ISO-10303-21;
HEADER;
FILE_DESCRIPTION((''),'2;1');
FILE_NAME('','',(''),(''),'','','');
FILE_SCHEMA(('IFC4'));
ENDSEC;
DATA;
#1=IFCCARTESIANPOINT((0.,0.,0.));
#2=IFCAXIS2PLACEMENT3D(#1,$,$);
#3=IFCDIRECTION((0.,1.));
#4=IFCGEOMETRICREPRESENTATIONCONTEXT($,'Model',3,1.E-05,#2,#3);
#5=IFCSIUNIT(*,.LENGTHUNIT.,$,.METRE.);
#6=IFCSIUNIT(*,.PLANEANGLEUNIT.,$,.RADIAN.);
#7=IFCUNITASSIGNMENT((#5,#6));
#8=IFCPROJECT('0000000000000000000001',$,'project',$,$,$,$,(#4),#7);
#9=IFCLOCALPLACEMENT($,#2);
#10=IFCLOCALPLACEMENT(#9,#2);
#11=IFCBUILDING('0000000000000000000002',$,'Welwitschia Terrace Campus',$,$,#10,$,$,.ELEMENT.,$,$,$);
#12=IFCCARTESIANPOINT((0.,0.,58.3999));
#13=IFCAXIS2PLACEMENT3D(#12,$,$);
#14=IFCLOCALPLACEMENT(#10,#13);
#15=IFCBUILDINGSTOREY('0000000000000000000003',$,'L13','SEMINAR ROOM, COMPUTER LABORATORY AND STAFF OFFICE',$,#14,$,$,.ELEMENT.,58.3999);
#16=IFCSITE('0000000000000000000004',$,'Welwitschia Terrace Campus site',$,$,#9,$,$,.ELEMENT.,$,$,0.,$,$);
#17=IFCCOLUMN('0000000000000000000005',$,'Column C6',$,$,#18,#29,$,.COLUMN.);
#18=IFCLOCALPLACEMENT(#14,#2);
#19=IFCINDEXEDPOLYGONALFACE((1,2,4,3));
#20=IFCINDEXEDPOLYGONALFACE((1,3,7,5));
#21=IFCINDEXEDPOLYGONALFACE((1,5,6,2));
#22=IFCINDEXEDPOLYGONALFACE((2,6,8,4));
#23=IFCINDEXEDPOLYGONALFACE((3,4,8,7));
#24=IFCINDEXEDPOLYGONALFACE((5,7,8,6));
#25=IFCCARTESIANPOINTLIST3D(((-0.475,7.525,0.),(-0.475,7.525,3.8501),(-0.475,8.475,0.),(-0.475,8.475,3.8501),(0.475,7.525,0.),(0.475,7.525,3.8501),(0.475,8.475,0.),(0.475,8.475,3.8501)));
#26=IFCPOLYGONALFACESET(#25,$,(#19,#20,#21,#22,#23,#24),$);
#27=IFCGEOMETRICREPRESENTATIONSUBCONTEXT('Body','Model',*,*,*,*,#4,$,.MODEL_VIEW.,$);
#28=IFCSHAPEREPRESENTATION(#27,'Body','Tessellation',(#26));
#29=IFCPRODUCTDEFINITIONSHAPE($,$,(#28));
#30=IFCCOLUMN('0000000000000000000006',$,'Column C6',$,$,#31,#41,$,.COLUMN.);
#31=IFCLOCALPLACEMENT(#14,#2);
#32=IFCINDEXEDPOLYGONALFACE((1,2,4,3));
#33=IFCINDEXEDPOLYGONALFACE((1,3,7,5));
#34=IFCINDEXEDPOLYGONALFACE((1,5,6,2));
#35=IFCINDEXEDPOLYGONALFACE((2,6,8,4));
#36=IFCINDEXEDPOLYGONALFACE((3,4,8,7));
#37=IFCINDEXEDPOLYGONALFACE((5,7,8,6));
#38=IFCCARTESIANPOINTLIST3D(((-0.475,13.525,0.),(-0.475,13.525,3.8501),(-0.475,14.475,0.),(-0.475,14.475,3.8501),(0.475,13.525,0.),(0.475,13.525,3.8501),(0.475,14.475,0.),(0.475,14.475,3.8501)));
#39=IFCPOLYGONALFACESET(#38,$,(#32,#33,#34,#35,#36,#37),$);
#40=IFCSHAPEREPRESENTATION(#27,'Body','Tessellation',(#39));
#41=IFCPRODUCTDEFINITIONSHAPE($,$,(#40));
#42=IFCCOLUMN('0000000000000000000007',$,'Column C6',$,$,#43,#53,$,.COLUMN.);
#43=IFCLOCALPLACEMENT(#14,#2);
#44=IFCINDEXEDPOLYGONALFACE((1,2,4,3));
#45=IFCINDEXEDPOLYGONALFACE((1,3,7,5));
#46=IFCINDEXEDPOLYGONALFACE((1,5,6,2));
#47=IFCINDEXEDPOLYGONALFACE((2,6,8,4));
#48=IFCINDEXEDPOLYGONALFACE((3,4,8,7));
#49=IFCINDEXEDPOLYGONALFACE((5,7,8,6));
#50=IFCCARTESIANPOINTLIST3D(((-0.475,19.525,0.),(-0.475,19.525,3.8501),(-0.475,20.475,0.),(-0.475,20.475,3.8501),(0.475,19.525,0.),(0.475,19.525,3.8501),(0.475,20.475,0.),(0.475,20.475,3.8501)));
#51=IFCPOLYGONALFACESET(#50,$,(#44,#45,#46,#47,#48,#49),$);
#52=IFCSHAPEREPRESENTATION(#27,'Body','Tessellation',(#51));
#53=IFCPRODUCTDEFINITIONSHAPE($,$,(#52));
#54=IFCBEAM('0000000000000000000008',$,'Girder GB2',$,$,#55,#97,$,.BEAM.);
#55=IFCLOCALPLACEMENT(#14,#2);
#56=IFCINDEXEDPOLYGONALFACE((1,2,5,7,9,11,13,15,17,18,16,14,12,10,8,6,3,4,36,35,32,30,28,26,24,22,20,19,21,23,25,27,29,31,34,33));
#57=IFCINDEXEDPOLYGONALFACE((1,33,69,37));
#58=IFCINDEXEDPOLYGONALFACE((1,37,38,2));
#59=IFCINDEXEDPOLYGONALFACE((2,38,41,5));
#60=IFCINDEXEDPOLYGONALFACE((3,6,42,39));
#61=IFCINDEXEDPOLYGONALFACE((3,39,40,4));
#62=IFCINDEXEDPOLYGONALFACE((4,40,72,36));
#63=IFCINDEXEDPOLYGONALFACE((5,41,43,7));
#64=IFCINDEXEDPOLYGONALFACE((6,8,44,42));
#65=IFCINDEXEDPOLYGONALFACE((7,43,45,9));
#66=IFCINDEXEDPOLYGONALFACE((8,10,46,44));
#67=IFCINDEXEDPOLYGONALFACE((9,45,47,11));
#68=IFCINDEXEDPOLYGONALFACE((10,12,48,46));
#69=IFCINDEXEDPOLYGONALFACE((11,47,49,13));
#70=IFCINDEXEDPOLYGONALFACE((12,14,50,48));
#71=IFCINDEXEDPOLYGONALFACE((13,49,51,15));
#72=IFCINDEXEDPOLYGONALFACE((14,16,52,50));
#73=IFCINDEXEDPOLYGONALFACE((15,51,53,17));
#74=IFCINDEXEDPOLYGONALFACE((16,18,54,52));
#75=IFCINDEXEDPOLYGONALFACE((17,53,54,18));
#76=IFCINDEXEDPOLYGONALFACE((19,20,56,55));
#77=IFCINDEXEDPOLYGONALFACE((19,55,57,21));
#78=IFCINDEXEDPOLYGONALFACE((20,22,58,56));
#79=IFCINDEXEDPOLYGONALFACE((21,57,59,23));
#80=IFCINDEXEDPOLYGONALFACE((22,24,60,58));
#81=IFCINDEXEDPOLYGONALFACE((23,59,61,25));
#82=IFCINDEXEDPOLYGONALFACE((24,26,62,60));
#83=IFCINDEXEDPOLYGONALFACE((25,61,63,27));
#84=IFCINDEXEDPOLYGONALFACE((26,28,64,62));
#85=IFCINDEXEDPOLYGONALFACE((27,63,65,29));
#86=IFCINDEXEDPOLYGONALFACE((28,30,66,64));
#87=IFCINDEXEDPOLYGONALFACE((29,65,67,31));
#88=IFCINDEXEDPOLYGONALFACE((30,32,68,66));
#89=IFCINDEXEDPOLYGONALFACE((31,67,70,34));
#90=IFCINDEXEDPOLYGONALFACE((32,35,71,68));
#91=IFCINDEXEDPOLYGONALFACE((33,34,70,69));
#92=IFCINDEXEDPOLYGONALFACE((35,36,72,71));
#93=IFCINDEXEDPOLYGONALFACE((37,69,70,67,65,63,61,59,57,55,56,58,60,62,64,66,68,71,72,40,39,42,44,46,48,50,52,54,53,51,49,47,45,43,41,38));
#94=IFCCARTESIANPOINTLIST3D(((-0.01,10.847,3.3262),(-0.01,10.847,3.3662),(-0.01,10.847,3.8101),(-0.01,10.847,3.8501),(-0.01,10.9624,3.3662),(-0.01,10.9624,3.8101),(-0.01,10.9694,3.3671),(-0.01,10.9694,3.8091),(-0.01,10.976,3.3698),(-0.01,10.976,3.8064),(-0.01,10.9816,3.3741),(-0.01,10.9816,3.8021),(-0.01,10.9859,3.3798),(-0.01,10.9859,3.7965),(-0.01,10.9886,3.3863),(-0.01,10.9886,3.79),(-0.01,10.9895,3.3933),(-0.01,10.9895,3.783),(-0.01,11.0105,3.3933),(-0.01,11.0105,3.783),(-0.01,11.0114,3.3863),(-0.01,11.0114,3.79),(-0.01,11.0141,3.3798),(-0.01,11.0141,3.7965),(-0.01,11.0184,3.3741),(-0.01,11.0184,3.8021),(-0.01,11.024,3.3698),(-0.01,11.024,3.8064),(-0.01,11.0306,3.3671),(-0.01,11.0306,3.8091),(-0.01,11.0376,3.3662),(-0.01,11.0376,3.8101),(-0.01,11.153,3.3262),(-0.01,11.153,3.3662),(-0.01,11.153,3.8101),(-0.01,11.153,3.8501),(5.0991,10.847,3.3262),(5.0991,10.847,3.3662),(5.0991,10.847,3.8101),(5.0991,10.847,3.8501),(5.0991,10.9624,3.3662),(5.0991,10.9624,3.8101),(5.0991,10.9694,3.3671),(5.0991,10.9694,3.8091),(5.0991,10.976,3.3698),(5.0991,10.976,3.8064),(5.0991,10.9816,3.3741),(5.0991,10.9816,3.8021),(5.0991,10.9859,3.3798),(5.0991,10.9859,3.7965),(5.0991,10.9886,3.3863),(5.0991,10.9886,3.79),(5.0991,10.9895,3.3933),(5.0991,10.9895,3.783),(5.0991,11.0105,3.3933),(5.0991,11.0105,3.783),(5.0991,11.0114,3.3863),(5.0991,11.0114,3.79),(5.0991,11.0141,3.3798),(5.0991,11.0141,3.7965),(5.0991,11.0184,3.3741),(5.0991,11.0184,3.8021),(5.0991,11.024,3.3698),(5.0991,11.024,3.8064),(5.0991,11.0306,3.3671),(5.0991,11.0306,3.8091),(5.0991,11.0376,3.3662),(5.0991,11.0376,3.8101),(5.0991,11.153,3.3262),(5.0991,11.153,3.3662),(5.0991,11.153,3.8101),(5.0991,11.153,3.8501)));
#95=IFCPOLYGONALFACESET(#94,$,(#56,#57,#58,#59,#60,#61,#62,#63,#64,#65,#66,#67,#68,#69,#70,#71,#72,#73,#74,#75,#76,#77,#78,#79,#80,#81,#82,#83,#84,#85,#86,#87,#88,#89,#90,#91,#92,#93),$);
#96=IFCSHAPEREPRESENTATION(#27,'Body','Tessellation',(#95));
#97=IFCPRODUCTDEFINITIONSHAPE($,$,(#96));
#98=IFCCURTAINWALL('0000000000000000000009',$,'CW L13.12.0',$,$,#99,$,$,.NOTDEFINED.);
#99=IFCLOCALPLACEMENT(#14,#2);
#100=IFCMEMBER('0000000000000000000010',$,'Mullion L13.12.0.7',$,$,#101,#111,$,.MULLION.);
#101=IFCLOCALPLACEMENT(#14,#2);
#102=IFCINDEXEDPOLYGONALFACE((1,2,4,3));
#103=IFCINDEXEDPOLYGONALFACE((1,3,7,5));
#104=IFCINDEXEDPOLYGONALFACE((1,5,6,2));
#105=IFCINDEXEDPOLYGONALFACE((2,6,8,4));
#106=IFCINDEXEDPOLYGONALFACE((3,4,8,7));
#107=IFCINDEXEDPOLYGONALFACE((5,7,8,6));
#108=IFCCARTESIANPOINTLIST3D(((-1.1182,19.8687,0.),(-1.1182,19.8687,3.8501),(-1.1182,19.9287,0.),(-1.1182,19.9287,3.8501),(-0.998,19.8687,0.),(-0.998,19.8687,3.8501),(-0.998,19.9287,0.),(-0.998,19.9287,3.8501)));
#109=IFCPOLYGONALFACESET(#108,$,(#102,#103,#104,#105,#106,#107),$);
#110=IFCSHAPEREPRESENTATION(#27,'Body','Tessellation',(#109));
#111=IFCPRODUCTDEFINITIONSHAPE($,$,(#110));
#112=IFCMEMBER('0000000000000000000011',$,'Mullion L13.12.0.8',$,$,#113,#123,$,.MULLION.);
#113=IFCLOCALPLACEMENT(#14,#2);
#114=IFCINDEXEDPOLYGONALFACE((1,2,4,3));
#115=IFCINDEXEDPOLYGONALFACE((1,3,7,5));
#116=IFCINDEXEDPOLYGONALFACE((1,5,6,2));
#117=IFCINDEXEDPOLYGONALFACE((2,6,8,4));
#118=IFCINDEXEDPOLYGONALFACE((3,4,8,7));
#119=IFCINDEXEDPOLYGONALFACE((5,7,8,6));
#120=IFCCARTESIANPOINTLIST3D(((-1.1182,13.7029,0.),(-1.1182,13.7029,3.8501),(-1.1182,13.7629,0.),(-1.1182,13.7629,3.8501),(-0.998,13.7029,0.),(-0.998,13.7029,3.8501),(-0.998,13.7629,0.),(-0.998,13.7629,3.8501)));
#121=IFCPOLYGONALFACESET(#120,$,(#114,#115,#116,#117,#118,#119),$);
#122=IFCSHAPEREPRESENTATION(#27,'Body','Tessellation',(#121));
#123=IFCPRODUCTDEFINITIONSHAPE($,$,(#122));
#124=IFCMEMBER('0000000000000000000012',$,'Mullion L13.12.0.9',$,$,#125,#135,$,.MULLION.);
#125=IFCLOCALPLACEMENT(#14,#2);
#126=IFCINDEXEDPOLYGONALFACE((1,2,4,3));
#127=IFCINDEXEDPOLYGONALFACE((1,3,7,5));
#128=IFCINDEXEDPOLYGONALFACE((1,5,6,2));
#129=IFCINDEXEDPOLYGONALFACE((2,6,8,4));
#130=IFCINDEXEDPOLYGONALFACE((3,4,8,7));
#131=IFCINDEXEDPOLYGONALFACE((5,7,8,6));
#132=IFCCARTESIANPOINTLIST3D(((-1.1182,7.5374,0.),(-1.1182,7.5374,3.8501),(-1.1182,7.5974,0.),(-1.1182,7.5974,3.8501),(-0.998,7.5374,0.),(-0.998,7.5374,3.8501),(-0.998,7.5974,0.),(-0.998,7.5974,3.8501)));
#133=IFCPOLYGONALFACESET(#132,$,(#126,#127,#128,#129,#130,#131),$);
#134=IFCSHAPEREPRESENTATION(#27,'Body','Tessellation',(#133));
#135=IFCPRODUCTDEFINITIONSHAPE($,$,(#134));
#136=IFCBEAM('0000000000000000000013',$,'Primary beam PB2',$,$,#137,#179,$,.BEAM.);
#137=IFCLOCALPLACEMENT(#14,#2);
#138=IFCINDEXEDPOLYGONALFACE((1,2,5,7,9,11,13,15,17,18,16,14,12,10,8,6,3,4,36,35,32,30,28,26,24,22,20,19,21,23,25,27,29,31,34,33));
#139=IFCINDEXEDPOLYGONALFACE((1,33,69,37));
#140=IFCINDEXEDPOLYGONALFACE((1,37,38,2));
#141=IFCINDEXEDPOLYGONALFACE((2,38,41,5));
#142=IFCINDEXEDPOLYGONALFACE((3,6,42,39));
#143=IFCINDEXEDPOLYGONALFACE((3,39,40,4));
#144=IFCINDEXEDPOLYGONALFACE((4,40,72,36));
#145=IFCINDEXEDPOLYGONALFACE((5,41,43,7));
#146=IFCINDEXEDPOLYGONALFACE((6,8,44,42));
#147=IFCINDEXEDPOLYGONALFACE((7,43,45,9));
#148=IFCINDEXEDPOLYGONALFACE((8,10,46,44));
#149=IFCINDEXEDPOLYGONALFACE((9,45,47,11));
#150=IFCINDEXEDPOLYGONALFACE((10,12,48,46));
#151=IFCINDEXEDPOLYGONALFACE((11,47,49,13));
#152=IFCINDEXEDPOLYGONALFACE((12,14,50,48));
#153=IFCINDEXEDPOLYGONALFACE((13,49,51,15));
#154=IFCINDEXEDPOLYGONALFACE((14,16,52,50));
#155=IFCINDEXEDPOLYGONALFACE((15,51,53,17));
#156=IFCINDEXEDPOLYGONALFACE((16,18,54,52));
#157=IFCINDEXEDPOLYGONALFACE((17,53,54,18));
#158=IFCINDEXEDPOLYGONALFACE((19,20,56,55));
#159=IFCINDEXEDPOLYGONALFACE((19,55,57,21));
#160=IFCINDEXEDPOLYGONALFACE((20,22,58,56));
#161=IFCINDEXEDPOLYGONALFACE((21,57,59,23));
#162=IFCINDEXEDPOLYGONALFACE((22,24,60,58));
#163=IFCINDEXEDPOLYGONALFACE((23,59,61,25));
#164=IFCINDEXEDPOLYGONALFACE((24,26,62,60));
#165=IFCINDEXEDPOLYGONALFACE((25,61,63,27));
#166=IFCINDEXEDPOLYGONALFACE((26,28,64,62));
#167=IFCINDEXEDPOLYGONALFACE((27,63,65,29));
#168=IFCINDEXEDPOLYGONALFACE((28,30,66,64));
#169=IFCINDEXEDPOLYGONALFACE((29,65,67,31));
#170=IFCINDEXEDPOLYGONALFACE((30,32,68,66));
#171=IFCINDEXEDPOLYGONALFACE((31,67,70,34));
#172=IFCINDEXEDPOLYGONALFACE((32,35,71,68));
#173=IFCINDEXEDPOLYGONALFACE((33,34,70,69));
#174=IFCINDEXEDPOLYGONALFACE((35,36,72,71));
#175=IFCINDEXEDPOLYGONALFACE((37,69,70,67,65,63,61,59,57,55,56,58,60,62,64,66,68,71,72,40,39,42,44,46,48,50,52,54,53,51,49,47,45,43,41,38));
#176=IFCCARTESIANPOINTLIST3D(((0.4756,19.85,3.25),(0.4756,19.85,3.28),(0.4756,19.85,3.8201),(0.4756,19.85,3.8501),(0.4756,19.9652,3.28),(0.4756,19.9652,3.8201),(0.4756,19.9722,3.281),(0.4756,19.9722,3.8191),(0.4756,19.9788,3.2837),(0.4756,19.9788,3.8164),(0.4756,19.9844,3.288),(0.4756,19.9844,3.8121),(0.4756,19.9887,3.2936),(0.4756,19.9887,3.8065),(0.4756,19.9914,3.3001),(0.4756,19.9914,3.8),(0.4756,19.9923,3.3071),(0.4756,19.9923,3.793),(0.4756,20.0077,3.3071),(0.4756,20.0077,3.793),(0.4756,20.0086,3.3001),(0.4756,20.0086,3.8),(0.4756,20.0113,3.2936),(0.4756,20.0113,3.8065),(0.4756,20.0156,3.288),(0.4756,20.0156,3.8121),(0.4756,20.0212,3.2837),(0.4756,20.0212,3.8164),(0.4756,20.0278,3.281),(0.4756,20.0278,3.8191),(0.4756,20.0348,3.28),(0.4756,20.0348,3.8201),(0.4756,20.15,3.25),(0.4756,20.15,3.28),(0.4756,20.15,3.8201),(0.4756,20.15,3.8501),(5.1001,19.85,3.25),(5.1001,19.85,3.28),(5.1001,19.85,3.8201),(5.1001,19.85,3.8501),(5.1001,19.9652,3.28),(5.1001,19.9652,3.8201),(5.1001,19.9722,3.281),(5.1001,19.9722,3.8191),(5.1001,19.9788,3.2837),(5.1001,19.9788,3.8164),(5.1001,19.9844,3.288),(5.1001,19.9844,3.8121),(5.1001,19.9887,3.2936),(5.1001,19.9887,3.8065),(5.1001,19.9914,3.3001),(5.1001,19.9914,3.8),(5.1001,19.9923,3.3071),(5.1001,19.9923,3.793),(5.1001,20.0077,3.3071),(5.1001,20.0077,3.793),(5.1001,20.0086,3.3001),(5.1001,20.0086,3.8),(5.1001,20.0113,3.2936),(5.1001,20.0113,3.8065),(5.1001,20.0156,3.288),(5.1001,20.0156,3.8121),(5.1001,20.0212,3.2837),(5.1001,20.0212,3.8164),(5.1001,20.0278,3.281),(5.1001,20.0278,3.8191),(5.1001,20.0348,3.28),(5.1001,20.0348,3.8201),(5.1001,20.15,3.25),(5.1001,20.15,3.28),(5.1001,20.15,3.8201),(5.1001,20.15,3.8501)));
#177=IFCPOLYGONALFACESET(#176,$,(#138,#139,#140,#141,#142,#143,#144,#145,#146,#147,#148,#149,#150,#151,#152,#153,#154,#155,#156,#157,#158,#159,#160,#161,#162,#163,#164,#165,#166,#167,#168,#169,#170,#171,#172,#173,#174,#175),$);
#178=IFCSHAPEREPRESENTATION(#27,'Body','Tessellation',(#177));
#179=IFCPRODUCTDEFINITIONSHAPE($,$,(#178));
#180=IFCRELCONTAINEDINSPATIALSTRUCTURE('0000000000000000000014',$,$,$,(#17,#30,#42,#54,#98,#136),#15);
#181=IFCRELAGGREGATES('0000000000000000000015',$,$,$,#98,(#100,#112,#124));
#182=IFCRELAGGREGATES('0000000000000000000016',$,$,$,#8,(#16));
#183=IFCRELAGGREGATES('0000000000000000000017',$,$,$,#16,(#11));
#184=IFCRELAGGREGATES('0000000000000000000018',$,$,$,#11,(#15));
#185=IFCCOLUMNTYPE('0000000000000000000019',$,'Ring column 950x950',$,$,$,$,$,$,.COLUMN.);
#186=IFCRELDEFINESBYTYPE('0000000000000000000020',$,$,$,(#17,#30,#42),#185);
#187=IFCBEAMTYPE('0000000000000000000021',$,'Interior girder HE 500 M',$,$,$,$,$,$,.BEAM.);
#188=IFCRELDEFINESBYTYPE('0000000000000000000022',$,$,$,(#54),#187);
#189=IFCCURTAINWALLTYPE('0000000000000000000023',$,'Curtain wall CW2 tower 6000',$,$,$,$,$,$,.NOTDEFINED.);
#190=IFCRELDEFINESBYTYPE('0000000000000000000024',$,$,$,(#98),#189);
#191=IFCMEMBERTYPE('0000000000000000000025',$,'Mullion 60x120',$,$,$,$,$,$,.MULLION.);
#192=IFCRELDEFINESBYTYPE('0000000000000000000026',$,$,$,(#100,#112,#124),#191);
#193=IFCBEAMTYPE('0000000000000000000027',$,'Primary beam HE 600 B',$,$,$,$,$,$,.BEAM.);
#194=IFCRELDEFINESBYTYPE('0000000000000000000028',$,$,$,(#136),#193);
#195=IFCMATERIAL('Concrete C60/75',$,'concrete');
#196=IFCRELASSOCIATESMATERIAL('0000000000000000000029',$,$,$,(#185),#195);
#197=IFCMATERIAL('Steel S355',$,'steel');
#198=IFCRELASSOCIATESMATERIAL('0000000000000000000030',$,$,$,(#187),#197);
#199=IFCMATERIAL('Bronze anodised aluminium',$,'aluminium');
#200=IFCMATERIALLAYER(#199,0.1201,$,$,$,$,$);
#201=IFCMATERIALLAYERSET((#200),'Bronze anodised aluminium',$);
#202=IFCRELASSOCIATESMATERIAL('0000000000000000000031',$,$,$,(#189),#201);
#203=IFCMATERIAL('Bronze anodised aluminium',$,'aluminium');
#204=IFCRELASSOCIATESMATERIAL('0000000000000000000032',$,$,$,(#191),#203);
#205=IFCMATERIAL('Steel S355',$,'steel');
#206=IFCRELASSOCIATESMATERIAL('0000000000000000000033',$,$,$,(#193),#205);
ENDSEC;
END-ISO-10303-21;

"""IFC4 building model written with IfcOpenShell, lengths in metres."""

from ifc_helpers import new_model, si_unit, direction, frame, origin, origin_2d, place, context, subcontext, project, spatial, rectangle, i_section, extrude, material, layer, layer_set, material_profile, profile_set, type_object, element, aggregate, save


model = new_model("IFC4")

# Units and contexts
model_context = context("Model", 3, precision=1e-05, world=origin(), true_north=direction((0.0, 1.0)))
body_context = subcontext(model_context, "Body", "Model", "MODEL_VIEW")
ifc_project = project(units=[si_unit("LENGTHUNIT", "METRE"), si_unit("PLANEANGLEUNIT", "RADIAN")], contexts=[model_context])

# Site, building, storey
site_placement = place(None, origin())
site = spatial("IfcSite", under=ifc_project, at=site_placement, Name="Welwitschia Terrace Campus site", CompositionType="ELEMENT", RefElevation=0.0)
building_placement = place(site_placement, origin())
building = spatial("IfcBuilding", under=site, at=building_placement, Name="Welwitschia Terrace Campus", CompositionType="ELEMENT")
storey_placement = place(building_placement, frame((0.0, 0.0, 58.3999)))
storey = spatial("IfcBuildingStorey", under=building, at=storey_placement, Name="L13", Description="SEMINAR ROOM, COMPUTER LABORATORY AND STAFF OFFICE", CompositionType="ELEMENT", Elevation=58.3999)

# Columns
ifc_material_1 = material(Name="Concrete C60/75", Category="concrete")
ifc_material_profile_1 = material_profile(ifc_material_1, rectangle(XDim=0.95, YDim=0.95, at=origin_2d()))
ifc_profile_set_1 = profile_set([ifc_material_profile_1], Name="Concrete C60/75")
column_type = type_object("IfcColumnType", Name="Ring column 950x950", PredefinedType="COLUMN", material=ifc_profile_set_1)
for number, where, z_axis, x_axis, name in (
    (1, (0.0, 8.0, 0.0), (0.0, 0.0, 1.0), (1.0, 0.0, 0.0), "Column C6"),
    (2, (0.0, 14.0, 0.0), (0.0, 0.0, 1.0), (1.0, 0.0, 0.0), "Column C6"),
    (3, (0.0, 20.0, 0.0), (0.0, 0.0, 1.0), (1.0, 0.0, 0.0), "Column C6"),
):
    element("IfcColumn", number, at=place(storey_placement, frame(where, z_axis=z_axis, x_axis=x_axis)), inside=storey, type_object=column_type, Name=name, PredefinedType="COLUMN", context=body_context, shape_type="SweptSolid", body=[
        extrude(rectangle(XDim=0.95, YDim=0.95, at=origin_2d()), origin(), (0.0, 0.0, 1.0), 3.8501),
    ])

# Beam
ifc_material_2 = material(Name="Steel S355", Category="steel")
ifc_material_profile_2 = material_profile(ifc_material_2, i_section(OverallWidth=0.3059, OverallDepth=0.5239, WebThickness=0.021, FlangeThickness=0.04, FilletRadius=0.0271, at=origin_2d()))
ifc_profile_set_2 = profile_set([ifc_material_profile_2], Name="Steel S355")
beam_type_1 = type_object("IfcBeamType", Name="Interior girder HE 500 M", PredefinedType="BEAM", material=ifc_profile_set_2)
beam_1_placement = place(storey_placement, frame((-0.01, 11.0, 3.5881), z_axis=(1.0, 0.0, 0.0), x_axis=(0.0, 1.0, 0.0)))
element("IfcBeam", 4, at=beam_1_placement, inside=storey, type_object=beam_type_1, Name="Girder GB2", PredefinedType="BEAM", context=body_context, shape_type="SweptSolid", body=[
    extrude(i_section(OverallWidth=0.3059, OverallDepth=0.5239, WebThickness=0.021, FlangeThickness=0.04, FilletRadius=0.0271, at=origin_2d()), origin(), (0.0, 0.0, 1.0), 5.1091),
])

# Curtain wall, members
ifc_material_3 = material(Name="Bronze anodised aluminium", Category="aluminium")
ifc_layer_1 = layer(ifc_material_3, 0.1201)
ifc_layer_set_1 = layer_set([ifc_layer_1], Name="Bronze anodised aluminium")
curtain_wall_type = type_object("IfcCurtainWallType", Name="Curtain wall CW2 tower 6000", PredefinedType="NOTDEFINED", material=ifc_layer_set_1)
curtain_wall_placement = place(storey_placement, origin())
curtain_wall = element("IfcCurtainWall", 5, at=curtain_wall_placement, inside=storey, type_object=curtain_wall_type, Name="CW L13.12.0", PredefinedType="NOTDEFINED")
ifc_material_4 = material(Name="Bronze anodised aluminium", Category="aluminium")
ifc_material_profile_3 = material_profile(ifc_material_4, rectangle(XDim=0.1201, YDim=0.0601, at=origin_2d()))
ifc_profile_set_3 = profile_set([ifc_material_profile_3], Name="Bronze anodised aluminium")
member_type = type_object("IfcMemberType", Name="Mullion 60x120", PredefinedType="MULLION", material=ifc_profile_set_3)
member_1_placement = place(storey_placement, frame((-1.0581, 19.8987, 0.0), z_axis=(0.0, 0.0, 1.0), x_axis=(1.0, 0.0, 0.0)))
member_1 = element("IfcMember", 6, at=member_1_placement, type_object=member_type, Name="Mullion L13.12.0.7", PredefinedType="MULLION", context=body_context, shape_type="SweptSolid", body=[
    extrude(rectangle(XDim=0.1201, YDim=0.0601, at=origin_2d()), origin(), (0.0, 0.0, 1.0), 3.8501),
])
member_2_placement = place(storey_placement, frame((-1.0581, 13.7329, 0.0), z_axis=(0.0, 0.0, 1.0), x_axis=(1.0, 0.0, 0.0)))
member_2 = element("IfcMember", 7, at=member_2_placement, type_object=member_type, Name="Mullion L13.12.0.8", PredefinedType="MULLION", context=body_context, shape_type="SweptSolid", body=[
    extrude(rectangle(XDim=0.1201, YDim=0.0601, at=origin_2d()), origin(), (0.0, 0.0, 1.0), 3.8501),
])
member_3_placement = place(storey_placement, frame((-1.0581, 7.5674, 0.0), z_axis=(0.0, 0.0, 1.0), x_axis=(1.0, 0.0, 0.0)))
member_3 = element("IfcMember", 8, at=member_3_placement, type_object=member_type, Name="Mullion L13.12.0.9", PredefinedType="MULLION", context=body_context, shape_type="SweptSolid", body=[
    extrude(rectangle(XDim=0.1201, YDim=0.0601, at=origin_2d()), origin(), (0.0, 0.0, 1.0), 3.8501),
])

# Beam
ifc_material_5 = material(Name="Steel S355", Category="steel")
ifc_material_profile_4 = material_profile(ifc_material_5, i_section(OverallWidth=0.3, OverallDepth=0.6001, WebThickness=0.0154, FlangeThickness=0.03, FilletRadius=0.0271, at=origin_2d()))
ifc_profile_set_4 = profile_set([ifc_material_profile_4], Name="Steel S355")
beam_type_2 = type_object("IfcBeamType", Name="Primary beam HE 600 B", PredefinedType="BEAM", material=ifc_profile_set_4)
for number, where, z_axis, x_axis, name in (
    (9, (0.4756, 20.0, 3.55), (1.0, 0.0, 0.0), (0.0, 1.0, 0.0), "Primary beam PB2"),
):
    element("IfcBeam", number, at=place(storey_placement, frame(where, z_axis=z_axis, x_axis=x_axis)), inside=storey, type_object=beam_type_2, Name=name, PredefinedType="BEAM", context=body_context, shape_type="SweptSolid", body=[
        extrude(i_section(OverallWidth=0.3, OverallDepth=0.6001, WebThickness=0.0154, FlangeThickness=0.03, FilletRadius=0.0271, at=origin_2d()), origin(), (0.0, 0.0, 1.0), 4.6245),
    ])

aggregate(curtain_wall, [member_1, member_2, member_3])

save(model, "model.ifc")
